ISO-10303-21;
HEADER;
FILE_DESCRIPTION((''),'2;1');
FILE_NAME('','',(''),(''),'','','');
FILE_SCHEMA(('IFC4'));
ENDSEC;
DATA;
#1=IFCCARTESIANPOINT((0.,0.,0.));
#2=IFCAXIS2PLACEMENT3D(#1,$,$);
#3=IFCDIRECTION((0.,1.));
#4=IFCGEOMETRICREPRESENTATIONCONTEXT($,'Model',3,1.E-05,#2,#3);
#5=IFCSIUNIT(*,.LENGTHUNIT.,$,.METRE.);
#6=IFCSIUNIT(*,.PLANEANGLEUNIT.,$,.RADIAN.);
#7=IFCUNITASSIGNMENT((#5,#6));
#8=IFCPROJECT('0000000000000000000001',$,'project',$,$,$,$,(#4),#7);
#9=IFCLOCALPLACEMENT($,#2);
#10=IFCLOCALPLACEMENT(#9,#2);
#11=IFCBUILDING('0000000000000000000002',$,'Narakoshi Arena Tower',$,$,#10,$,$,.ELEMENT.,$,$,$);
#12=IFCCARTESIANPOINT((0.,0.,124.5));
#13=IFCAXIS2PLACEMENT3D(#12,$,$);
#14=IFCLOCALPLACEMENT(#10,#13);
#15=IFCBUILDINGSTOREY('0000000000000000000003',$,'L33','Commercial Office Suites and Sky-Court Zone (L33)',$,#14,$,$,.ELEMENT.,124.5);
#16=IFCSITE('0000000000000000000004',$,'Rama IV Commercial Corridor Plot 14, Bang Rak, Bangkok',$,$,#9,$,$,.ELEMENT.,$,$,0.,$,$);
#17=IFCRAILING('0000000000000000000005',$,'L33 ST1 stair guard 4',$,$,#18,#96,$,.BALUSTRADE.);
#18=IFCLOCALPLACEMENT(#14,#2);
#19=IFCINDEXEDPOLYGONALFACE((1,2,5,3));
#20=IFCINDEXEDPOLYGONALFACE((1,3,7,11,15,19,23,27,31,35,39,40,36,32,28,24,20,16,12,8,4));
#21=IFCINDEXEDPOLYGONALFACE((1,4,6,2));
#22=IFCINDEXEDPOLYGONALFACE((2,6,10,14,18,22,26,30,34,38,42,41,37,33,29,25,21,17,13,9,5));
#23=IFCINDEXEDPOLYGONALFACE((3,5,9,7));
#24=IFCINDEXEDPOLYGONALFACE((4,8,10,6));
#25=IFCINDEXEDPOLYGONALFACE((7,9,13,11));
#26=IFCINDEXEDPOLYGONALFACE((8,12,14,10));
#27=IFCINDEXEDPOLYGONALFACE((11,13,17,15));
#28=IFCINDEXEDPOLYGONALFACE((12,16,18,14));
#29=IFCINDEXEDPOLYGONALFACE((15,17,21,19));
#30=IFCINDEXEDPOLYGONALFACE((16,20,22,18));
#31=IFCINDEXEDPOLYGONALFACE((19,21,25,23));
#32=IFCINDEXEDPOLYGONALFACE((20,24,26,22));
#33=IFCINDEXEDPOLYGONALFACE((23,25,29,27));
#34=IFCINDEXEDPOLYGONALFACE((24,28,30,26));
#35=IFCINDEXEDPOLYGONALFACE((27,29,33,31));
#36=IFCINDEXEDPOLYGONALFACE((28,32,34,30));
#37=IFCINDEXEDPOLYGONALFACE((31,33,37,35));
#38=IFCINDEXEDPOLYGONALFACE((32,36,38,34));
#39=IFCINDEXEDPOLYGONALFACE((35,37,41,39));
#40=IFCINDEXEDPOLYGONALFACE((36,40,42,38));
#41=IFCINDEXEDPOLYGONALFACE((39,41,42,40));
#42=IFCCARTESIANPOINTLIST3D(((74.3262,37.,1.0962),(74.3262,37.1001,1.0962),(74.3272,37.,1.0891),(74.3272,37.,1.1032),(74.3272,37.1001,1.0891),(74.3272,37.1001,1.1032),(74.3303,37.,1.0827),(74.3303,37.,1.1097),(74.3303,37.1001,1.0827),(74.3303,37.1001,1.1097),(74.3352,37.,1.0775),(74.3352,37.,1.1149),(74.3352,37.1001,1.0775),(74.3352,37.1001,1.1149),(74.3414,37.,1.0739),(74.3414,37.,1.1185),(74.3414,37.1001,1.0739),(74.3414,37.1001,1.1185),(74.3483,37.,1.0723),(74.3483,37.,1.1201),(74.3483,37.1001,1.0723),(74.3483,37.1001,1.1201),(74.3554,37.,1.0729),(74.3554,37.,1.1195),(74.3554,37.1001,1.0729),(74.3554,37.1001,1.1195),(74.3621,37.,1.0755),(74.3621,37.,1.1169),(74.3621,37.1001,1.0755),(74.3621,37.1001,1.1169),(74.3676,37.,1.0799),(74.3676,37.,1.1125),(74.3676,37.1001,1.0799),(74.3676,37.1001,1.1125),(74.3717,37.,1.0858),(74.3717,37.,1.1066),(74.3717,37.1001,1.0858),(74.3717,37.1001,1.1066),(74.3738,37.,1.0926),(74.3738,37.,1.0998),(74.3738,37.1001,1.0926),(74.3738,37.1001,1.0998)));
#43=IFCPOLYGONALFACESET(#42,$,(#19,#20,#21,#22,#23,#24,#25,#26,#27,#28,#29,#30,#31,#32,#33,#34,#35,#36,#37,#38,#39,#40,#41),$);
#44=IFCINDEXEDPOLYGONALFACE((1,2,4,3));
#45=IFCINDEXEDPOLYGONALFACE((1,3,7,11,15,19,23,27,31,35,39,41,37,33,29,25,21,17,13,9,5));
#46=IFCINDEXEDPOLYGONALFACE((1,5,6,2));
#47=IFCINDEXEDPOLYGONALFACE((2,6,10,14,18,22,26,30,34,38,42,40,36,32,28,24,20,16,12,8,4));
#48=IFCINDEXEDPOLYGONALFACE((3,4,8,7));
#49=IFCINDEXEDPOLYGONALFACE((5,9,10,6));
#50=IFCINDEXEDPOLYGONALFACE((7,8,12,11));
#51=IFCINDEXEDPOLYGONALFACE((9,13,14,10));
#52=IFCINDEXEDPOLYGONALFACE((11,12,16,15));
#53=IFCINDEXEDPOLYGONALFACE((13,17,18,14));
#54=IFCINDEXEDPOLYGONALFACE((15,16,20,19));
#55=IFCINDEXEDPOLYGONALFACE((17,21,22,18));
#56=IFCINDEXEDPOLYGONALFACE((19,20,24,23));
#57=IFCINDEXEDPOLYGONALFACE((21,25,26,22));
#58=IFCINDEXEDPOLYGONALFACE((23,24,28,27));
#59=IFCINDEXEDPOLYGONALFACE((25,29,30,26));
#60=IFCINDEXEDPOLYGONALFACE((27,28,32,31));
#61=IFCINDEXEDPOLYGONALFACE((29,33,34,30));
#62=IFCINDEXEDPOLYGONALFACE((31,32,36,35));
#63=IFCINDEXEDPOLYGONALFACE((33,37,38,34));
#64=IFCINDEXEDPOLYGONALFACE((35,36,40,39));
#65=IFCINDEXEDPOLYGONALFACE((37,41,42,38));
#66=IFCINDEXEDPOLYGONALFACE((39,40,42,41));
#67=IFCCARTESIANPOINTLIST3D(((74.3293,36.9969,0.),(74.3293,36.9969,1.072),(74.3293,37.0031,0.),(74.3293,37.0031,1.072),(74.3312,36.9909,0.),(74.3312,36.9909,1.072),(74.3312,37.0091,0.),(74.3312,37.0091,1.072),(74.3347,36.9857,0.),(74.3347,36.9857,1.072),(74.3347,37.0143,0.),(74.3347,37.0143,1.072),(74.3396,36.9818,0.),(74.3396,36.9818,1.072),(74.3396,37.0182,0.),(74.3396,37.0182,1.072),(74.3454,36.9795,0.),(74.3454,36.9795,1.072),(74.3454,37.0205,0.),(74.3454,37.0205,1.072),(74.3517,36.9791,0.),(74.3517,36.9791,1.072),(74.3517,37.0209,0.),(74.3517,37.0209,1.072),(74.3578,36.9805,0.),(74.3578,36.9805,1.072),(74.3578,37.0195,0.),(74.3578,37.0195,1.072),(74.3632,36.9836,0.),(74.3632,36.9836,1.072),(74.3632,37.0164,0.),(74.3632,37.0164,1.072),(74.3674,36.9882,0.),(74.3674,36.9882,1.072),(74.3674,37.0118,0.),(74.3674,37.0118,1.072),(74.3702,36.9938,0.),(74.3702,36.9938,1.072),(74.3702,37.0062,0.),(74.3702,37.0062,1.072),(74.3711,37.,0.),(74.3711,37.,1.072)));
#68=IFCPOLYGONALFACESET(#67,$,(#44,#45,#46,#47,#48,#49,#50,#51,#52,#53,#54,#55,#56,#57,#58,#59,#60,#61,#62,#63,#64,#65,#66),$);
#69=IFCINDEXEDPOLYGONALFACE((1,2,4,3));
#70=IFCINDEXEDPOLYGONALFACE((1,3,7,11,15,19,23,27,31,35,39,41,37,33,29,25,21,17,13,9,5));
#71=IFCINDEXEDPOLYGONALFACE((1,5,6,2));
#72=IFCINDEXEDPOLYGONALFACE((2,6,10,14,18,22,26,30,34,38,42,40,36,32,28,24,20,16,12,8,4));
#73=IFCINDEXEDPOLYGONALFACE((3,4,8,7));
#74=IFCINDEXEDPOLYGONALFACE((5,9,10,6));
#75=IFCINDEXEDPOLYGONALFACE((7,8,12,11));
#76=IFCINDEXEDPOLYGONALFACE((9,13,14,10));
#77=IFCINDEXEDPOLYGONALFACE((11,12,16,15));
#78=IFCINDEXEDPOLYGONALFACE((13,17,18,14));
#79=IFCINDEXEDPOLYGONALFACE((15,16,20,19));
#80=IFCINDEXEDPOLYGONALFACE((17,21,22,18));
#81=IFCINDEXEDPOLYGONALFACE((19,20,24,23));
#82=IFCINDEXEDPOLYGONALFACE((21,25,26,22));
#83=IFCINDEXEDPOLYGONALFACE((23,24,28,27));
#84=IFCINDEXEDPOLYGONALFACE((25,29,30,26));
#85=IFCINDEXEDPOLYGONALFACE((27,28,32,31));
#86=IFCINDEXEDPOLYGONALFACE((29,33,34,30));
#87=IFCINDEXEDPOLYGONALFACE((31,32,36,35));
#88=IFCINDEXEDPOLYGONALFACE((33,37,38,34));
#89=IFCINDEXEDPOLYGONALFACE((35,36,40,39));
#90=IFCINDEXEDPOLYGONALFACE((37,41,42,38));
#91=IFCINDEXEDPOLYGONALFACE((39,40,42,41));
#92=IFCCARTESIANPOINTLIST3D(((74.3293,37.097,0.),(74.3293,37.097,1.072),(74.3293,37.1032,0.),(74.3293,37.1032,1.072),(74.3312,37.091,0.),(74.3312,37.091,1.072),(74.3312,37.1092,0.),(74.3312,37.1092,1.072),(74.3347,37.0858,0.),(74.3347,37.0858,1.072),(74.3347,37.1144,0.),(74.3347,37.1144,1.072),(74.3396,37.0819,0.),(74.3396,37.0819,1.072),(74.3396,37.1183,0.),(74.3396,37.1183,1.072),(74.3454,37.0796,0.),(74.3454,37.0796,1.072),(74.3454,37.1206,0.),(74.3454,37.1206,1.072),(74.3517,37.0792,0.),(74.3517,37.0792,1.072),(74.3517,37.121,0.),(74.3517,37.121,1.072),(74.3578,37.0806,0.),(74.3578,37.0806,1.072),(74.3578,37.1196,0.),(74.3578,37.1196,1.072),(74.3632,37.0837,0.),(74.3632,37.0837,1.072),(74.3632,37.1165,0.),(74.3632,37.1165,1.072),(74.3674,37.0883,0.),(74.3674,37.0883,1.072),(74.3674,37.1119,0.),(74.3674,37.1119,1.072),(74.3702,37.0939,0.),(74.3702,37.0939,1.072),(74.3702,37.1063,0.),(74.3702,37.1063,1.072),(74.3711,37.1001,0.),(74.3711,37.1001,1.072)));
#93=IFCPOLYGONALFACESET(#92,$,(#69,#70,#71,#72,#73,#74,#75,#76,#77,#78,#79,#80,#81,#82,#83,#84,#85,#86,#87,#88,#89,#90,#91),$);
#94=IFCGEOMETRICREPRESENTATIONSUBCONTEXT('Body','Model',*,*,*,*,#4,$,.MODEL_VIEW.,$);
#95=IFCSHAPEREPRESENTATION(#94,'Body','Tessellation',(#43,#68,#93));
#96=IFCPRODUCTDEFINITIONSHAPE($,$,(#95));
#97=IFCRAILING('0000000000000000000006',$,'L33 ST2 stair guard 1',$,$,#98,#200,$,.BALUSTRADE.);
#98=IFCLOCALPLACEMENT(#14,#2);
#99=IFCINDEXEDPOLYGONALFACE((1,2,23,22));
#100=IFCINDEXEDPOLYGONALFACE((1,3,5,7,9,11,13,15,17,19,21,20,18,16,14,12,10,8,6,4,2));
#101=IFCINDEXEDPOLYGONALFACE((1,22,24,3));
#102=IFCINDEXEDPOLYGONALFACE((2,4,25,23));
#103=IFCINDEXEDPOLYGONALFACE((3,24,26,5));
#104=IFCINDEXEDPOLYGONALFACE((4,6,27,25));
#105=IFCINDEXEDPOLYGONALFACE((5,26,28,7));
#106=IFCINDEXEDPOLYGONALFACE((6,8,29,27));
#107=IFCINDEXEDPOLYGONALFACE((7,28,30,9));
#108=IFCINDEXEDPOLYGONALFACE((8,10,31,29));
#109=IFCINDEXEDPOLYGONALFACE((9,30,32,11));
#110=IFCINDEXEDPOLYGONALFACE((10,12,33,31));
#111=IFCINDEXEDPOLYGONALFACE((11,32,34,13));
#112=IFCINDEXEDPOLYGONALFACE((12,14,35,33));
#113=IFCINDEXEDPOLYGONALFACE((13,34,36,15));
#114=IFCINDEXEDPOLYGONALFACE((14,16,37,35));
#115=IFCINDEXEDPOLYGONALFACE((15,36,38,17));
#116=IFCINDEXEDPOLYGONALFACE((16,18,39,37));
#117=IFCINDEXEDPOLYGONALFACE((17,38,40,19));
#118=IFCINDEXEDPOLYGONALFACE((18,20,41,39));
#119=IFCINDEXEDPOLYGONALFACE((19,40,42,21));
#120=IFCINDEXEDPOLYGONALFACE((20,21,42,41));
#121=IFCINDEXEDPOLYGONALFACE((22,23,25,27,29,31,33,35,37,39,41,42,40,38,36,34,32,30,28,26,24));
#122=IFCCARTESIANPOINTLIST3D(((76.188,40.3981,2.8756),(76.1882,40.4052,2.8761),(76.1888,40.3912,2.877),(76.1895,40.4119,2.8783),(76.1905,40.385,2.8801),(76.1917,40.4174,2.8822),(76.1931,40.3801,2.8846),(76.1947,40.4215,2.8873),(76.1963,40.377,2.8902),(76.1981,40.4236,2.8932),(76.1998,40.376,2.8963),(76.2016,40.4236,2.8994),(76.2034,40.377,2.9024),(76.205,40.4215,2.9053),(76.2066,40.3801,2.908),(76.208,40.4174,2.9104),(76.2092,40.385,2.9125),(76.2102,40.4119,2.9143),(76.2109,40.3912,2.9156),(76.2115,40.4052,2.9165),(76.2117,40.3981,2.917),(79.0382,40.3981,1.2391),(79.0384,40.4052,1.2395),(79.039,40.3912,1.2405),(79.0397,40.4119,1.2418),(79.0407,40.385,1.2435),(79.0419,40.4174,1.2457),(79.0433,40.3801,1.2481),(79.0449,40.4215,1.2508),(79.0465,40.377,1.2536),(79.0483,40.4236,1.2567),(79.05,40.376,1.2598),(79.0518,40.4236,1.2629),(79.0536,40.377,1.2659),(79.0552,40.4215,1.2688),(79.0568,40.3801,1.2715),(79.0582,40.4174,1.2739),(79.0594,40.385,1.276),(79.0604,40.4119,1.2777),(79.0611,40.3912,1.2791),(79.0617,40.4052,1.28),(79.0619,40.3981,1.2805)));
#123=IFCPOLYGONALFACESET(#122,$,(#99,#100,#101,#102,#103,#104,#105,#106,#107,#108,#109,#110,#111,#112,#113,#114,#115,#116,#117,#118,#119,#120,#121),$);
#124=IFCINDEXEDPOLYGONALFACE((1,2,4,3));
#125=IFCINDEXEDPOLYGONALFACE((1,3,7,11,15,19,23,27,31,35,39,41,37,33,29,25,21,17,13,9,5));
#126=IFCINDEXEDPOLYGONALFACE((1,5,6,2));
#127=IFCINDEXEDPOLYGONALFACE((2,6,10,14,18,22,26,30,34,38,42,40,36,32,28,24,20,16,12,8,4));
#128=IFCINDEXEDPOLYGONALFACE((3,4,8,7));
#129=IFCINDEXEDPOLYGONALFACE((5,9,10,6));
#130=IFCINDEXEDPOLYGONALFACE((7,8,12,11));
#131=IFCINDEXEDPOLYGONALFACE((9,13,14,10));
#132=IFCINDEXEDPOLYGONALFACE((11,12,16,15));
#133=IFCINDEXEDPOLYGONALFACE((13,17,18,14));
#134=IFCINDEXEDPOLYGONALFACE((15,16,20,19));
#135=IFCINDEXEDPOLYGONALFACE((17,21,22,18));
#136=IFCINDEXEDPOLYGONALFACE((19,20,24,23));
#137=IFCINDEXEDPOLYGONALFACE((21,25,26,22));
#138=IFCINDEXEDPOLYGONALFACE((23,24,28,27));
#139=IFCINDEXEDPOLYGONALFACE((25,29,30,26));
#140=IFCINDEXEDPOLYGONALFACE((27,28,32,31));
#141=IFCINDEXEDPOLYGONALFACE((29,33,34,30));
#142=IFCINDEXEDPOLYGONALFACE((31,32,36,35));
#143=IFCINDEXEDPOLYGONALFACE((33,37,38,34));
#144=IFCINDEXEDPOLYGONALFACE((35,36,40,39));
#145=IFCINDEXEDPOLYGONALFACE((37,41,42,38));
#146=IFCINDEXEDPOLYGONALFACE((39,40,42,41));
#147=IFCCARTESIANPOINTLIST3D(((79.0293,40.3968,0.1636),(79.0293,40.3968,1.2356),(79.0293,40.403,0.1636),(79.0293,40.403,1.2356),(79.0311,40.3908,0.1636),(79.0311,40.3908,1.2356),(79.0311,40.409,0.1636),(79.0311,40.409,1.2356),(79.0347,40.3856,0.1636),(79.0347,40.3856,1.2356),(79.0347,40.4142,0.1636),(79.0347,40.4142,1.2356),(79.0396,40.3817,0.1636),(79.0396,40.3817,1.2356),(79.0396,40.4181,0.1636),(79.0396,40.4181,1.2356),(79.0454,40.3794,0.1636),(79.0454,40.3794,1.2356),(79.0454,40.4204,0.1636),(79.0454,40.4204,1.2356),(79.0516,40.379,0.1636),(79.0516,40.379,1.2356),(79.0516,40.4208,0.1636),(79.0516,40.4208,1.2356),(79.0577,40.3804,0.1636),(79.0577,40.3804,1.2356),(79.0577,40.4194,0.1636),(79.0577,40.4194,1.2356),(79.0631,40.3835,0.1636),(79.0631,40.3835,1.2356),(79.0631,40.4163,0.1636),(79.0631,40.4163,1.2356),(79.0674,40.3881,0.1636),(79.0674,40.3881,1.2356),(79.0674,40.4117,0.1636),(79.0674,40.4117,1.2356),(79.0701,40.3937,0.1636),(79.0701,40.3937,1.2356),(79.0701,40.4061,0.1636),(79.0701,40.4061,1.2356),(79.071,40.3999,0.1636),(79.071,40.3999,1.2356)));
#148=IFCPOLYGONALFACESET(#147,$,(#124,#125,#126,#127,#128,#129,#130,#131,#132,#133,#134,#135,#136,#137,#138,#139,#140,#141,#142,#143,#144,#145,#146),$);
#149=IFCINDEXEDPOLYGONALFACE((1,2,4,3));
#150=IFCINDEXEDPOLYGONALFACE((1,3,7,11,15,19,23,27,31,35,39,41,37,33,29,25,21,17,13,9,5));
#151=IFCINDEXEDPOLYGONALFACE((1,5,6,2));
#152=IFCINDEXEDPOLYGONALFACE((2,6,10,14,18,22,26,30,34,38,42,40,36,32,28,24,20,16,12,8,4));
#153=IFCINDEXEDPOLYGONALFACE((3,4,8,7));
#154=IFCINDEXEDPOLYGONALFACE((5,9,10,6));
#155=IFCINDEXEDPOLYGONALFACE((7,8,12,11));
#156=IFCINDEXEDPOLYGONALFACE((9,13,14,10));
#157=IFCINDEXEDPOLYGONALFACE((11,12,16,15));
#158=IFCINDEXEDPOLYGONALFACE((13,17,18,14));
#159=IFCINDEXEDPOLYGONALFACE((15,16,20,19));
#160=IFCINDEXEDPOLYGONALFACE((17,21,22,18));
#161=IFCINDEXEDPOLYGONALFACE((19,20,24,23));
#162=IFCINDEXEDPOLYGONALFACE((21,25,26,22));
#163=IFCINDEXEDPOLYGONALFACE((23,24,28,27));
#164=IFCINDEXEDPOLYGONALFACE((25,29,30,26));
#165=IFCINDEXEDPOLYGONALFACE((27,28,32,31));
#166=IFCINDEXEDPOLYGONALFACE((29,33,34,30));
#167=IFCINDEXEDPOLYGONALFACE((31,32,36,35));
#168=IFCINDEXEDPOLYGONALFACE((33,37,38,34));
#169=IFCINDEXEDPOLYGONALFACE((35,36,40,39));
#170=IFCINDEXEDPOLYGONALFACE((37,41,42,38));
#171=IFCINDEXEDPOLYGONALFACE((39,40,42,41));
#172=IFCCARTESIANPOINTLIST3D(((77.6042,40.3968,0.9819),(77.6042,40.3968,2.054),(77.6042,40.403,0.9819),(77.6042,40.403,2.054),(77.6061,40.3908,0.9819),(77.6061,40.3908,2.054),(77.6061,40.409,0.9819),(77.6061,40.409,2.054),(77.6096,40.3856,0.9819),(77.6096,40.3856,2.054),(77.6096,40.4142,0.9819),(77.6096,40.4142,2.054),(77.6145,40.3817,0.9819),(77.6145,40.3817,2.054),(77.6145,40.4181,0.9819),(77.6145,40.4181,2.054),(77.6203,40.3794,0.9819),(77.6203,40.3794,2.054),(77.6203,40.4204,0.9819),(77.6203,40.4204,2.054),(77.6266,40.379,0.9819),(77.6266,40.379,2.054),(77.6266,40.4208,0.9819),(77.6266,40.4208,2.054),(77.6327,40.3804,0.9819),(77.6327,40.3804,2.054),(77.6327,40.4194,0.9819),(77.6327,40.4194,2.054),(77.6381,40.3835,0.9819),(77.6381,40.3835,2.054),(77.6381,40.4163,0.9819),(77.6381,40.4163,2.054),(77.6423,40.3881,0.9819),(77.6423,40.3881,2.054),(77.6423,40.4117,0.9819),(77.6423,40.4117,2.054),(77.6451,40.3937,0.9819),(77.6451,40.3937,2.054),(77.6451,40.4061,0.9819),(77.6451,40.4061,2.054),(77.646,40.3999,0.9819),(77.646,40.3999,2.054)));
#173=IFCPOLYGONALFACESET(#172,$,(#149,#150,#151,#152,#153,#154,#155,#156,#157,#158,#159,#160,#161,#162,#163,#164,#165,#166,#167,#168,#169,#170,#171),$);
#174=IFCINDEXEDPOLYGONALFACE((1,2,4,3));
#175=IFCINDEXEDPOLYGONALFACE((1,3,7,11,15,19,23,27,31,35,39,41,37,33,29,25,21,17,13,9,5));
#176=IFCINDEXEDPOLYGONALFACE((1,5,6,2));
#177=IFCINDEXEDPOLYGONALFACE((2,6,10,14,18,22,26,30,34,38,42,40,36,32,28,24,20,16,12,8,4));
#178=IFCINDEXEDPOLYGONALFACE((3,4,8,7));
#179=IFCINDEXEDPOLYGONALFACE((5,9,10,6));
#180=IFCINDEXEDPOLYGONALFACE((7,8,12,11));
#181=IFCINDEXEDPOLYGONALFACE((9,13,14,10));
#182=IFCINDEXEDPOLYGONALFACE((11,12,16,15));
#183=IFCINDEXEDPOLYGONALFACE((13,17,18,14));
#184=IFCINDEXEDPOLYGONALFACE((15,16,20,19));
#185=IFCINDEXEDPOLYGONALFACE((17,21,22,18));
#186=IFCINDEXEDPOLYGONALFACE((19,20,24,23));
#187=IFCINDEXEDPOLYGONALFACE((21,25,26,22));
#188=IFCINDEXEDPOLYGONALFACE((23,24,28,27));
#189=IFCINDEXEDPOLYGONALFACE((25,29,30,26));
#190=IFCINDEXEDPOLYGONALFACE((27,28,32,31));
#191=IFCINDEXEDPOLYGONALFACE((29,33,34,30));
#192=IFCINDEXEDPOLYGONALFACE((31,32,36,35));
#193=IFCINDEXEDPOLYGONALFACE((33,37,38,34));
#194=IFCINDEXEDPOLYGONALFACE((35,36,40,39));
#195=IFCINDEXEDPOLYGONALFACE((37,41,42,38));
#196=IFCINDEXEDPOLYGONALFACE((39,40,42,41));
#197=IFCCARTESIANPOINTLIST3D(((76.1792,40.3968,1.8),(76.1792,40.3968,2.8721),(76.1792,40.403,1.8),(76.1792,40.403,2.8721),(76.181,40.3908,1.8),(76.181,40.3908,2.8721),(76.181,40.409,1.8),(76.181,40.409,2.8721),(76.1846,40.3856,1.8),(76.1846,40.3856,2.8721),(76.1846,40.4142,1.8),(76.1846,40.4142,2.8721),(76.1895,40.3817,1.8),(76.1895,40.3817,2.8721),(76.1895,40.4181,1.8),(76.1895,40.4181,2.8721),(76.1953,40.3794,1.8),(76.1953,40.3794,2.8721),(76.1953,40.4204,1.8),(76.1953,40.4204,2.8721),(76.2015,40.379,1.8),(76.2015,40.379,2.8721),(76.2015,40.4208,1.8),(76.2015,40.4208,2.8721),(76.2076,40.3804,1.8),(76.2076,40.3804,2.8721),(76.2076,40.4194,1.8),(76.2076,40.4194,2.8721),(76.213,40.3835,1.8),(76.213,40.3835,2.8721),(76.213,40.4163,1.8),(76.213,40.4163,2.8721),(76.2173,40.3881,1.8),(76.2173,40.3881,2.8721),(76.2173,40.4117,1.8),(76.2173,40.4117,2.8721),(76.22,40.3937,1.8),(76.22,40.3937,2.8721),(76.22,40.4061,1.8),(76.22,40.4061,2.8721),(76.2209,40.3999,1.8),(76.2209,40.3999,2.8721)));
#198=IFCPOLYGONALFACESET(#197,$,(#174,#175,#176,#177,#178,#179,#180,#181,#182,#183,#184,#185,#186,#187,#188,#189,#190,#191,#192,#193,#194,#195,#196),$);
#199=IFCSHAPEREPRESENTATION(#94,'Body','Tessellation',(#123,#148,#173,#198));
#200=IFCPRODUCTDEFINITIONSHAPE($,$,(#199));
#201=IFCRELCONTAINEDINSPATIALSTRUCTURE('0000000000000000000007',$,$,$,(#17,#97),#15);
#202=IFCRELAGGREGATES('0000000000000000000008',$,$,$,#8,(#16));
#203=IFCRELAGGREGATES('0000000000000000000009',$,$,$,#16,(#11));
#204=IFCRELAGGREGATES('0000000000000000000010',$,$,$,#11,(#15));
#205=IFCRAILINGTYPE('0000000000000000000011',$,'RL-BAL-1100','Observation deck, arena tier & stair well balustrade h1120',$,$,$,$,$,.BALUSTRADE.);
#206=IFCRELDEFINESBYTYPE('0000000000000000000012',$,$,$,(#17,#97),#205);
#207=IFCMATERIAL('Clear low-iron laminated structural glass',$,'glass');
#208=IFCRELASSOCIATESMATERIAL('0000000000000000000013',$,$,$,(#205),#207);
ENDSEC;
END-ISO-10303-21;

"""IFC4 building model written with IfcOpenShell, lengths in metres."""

from ifc_helpers import new_model, si_unit, direction, frame, origin, origin_2d, place, context, subcontext, project, spatial, circle, extrude, material, type_object, element, save


model = new_model("IFC4")

# Units and contexts
model_context = context("Model", 3, precision=1e-05, world=origin(), true_north=direction((0.0, 1.0)))
body_context = subcontext(model_context, "Body", "Model", "MODEL_VIEW")
ifc_project = project(units=[si_unit("LENGTHUNIT", "METRE"), si_unit("PLANEANGLEUNIT", "RADIAN")], contexts=[model_context])

# Site, building, storey
site_placement = place(None, origin())
site = spatial("IfcSite", under=ifc_project, at=site_placement, Name="Rama IV Commercial Corridor Plot 14, Bang Rak, Bangkok", CompositionType="ELEMENT", RefElevation=0.0)
building_placement = place(site_placement, origin())
building = spatial("IfcBuilding", under=site, at=building_placement, Name="Narakoshi Arena Tower", CompositionType="ELEMENT")
storey_placement = place(building_placement, frame((0.0, 0.0, 124.5)))
storey = spatial("IfcBuildingStorey", under=building, at=storey_placement, Name="L33", Description="Commercial Office Suites and Sky-Court Zone (L33)", CompositionType="ELEMENT", Elevation=124.5)

# Railings
ifc_material_1 = material(Name="Clear low-iron laminated structural glass", Category="glass")
railing_type_1 = type_object("IfcRailingType", Name="RL-BAL-1100", Description="Observation deck, arena tier & stair well balustrade h1120", PredefinedType="BALUSTRADE", material=ifc_material_1)
railing_1_placement = place(storey_placement, frame((74.3501, 37.0, 0.0)))
element("IfcRailing", 1, at=railing_1_placement, inside=storey, type_object=railing_type_1, Name="L33 ST1 stair guard 4", PredefinedType="BALUSTRADE", context=body_context, shape_type="SweptSolid", body=[
    extrude(circle(Radius=0.0239, at=origin_2d()), frame((0.0, 0.0, 1.0962), z_axis=(0.0, 1.0, 0.0), x_axis=(-1.0, 0.0, 0.0)), (0.0, 0.0, 1.0), 0.1001),
    extrude(circle(Radius=0.021, at=origin_2d()), origin(), (0.0, 0.0, 1.0), 1.072),
    extrude(circle(Radius=0.021, at=origin_2d()), frame((0.0, 0.1001, 0.0)), (0.0, 0.0, 1.0), 1.072),
])
railing_2_placement = place(storey_placement, frame((79.05, 40.3999, 0.1636)))
element("IfcRailing", 2, at=railing_2_placement, inside=storey, type_object=railing_type_1, Name="L33 ST2 stair guard 1", PredefinedType="BALUSTRADE", context=body_context, shape_type="SweptSolid", body=[
    extrude(circle(Radius=0.0239, at=origin_2d()), frame((0.0, 0.0, 1.0962), z_axis=(-0.867213, 0.0, 0.497938), x_axis=(0.0, -1.0, 0.0)), (0.0, 0.0, 1.0), 3.2866),
    extrude(circle(Radius=0.021, at=origin_2d()), origin(), (0.0, 0.0, 1.0), 1.072),
    extrude(circle(Radius=0.021, at=origin_2d()), frame((-1.425, 0.0, 0.8184)), (0.0, 0.0, 1.0), 1.072),
    extrude(circle(Radius=0.021, at=origin_2d()), frame((-2.8501, 0.0, 1.6365)), (0.0, 0.0, 1.0), 1.072),
])

save(model, "model.ifc")
